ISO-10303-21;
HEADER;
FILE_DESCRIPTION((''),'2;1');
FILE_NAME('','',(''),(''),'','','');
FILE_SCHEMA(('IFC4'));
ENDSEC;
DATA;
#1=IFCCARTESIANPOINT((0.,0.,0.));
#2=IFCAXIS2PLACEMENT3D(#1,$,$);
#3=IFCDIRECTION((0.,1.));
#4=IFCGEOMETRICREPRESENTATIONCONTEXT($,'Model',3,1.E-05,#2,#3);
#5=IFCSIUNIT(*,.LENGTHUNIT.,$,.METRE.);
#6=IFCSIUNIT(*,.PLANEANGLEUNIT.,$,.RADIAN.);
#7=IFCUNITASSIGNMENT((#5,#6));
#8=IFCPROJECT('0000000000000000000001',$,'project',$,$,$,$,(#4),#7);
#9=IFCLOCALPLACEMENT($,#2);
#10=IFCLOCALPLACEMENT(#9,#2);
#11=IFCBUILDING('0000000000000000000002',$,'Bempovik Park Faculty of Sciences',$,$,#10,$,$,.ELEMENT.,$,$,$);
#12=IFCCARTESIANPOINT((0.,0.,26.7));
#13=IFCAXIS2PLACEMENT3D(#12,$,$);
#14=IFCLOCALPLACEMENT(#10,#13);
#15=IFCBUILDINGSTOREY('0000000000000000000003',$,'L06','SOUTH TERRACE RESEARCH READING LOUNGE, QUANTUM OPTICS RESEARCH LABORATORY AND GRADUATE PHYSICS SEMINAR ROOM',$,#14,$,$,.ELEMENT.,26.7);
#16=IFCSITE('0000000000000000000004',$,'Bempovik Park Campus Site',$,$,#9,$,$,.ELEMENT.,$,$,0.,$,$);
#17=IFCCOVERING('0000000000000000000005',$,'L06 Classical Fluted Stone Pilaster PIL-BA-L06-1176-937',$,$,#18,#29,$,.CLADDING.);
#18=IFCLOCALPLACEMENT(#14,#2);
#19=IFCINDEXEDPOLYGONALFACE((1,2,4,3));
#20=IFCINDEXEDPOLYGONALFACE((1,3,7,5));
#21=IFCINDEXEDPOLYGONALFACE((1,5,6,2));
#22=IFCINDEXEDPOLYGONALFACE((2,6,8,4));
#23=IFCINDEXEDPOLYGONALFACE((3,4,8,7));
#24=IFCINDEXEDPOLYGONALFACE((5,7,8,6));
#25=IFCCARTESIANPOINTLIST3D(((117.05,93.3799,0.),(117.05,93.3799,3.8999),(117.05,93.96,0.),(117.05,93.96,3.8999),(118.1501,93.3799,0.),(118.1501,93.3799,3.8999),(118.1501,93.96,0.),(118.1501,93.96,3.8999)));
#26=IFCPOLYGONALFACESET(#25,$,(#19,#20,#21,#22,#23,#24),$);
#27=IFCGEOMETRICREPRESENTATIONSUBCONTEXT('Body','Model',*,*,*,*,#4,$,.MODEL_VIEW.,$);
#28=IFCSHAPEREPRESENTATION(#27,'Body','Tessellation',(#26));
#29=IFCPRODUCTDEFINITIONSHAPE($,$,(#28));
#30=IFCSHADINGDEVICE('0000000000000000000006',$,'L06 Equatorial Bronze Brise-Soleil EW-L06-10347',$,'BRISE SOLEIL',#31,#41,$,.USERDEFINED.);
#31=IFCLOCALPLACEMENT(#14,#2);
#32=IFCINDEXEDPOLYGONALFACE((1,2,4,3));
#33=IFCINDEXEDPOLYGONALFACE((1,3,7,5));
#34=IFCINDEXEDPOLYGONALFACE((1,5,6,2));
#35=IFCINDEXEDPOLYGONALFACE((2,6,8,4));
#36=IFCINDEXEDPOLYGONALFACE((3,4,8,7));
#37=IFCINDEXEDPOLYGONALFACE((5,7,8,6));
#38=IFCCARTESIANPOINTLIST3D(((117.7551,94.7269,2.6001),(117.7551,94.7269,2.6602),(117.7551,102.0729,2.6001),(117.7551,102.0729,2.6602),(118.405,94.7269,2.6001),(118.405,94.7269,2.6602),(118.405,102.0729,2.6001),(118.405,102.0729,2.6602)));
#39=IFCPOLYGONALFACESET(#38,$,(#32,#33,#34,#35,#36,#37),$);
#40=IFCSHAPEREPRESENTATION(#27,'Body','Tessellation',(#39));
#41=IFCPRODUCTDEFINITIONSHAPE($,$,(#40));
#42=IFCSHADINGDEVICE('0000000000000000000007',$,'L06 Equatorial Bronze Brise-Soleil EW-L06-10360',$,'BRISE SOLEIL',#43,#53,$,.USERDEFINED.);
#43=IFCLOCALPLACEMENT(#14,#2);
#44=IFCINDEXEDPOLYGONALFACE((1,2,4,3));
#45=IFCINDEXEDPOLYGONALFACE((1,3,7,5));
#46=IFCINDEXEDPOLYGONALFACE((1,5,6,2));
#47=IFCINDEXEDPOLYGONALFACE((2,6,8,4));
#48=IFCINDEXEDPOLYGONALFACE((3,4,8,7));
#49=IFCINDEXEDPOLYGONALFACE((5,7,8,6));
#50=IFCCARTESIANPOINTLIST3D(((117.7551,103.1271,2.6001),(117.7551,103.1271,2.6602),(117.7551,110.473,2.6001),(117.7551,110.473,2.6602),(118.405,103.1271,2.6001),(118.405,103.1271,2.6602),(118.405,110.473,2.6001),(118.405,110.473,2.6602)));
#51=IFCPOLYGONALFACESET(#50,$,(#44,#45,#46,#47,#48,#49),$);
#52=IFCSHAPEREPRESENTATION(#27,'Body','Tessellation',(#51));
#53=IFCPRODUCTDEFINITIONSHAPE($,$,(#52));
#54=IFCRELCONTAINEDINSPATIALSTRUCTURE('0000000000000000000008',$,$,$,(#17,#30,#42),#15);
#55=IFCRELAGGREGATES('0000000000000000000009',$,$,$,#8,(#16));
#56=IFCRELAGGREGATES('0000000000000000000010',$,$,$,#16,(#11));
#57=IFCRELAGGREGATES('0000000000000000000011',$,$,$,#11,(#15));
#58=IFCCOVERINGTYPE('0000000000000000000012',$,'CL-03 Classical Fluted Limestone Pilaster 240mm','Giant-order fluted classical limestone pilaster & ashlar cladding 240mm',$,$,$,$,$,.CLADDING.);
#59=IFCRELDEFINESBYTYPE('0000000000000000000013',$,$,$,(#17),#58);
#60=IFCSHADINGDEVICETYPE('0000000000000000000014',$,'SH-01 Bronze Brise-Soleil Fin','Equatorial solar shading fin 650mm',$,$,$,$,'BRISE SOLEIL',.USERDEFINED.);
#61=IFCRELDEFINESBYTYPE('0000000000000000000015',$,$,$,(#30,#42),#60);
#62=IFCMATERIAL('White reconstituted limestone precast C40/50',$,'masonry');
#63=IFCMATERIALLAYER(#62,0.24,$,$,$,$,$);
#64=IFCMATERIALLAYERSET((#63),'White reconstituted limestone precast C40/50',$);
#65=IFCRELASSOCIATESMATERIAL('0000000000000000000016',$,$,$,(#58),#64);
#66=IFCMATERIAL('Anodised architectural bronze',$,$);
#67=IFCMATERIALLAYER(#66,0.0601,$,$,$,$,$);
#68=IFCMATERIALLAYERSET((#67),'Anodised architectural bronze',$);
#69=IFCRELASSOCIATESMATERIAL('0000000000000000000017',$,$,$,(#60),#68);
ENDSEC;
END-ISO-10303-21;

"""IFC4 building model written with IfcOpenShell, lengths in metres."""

from ifc_helpers import new_model, si_unit, direction, frame, origin, origin_2d, place, context, subcontext, project, spatial, rectangle, extrude, material, layer, layer_set, type_object, element, save


model = new_model("IFC4")

# Units and contexts
model_context = context("Model", 3, precision=1e-05, world=origin(), true_north=direction((0.0, 1.0)))
body_context = subcontext(model_context, "Body", "Model", "MODEL_VIEW")
ifc_project = project(units=[si_unit("LENGTHUNIT", "METRE"), si_unit("PLANEANGLEUNIT", "RADIAN")], contexts=[model_context])

# Site, building, storey
site_placement = place(None, origin())
site = spatial("IfcSite", under=ifc_project, at=site_placement, Name="Bempovik Park Campus Site", CompositionType="ELEMENT", RefElevation=0.0)
building_placement = place(site_placement, origin())
building = spatial("IfcBuilding", under=site, at=building_placement, Name="Bempovik Park Faculty of Sciences", CompositionType="ELEMENT")
storey_placement = place(building_placement, frame((0.0, 0.0, 26.7)))
storey = spatial("IfcBuildingStorey", under=building, at=storey_placement, Name="L06", Description="SOUTH TERRACE RESEARCH READING LOUNGE, QUANTUM OPTICS RESEARCH LABORATORY AND GRADUATE PHYSICS SEMINAR ROOM", CompositionType="ELEMENT", Elevation=26.7)

# Covering
ifc_material_1 = material(Name="White reconstituted limestone precast C40/50", Category="masonry")
ifc_layer_1 = layer(ifc_material_1, 0.24)
ifc_layer_set_1 = layer_set([ifc_layer_1], Name="White reconstituted limestone precast C40/50")
covering_type_1 = type_object("IfcCoveringType", Name="CL-03 Classical Fluted Limestone Pilaster 240mm", Description="Giant-order fluted classical limestone pilaster & ashlar cladding 240mm", PredefinedType="CLADDING", material=ifc_layer_set_1)
covering_1_placement = place(storey_placement, frame((117.6001, 93.6699, 0.0), z_axis=(0.0, 0.0, 1.0), x_axis=(1.0, 0.0, 0.0)))
element("IfcCovering", 1, at=covering_1_placement, inside=storey, type_object=covering_type_1, Name="L06 Classical Fluted Stone Pilaster PIL-BA-L06-1176-937", PredefinedType="CLADDING", context=body_context, shape_type="SweptSolid", body=[
    extrude(rectangle(XDim=1.1001, YDim=0.5801, at=origin_2d()), origin(), (0.0, 0.0, 1.0), 3.8999),
])

# Shading devices
ifc_material_2 = material(Name="Anodised architectural bronze")
ifc_layer_2 = layer(ifc_material_2, 0.0601)
ifc_layer_set_2 = layer_set([ifc_layer_2], Name="Anodised architectural bronze")
shading_device_type = type_object("IfcShadingDeviceType", Name="SH-01 Bronze Brise-Soleil Fin", Description="Equatorial solar shading fin 650mm", ElementType="BRISE SOLEIL", PredefinedType="USERDEFINED", material=ifc_layer_set_2)
for number, where, z_axis, x_axis, name in (
    (2, (118.0801, 98.3999, 2.6001), (0.0, 0.0, 1.0), (1.0, 0.0, 0.0), "L06 Equatorial Bronze Brise-Soleil EW-L06-10347"),
    (3, (118.0801, 106.8, 2.6001), (0.0, 0.0, 1.0), (1.0, 0.0, 0.0), "L06 Equatorial Bronze Brise-Soleil EW-L06-10360"),
):
    element("IfcShadingDevice", number, at=place(storey_placement, frame(where, z_axis=z_axis, x_axis=x_axis)), inside=storey, type_object=shading_device_type, Name=name, ObjectType="BRISE SOLEIL", PredefinedType="USERDEFINED", context=body_context, shape_type="SweptSolid", body=[
        extrude(rectangle(XDim=0.6499, YDim=7.3459, at=origin_2d()), origin(), (0.0, 0.0, 1.0), 0.0601),
    ])

save(model, "model.ifc")
